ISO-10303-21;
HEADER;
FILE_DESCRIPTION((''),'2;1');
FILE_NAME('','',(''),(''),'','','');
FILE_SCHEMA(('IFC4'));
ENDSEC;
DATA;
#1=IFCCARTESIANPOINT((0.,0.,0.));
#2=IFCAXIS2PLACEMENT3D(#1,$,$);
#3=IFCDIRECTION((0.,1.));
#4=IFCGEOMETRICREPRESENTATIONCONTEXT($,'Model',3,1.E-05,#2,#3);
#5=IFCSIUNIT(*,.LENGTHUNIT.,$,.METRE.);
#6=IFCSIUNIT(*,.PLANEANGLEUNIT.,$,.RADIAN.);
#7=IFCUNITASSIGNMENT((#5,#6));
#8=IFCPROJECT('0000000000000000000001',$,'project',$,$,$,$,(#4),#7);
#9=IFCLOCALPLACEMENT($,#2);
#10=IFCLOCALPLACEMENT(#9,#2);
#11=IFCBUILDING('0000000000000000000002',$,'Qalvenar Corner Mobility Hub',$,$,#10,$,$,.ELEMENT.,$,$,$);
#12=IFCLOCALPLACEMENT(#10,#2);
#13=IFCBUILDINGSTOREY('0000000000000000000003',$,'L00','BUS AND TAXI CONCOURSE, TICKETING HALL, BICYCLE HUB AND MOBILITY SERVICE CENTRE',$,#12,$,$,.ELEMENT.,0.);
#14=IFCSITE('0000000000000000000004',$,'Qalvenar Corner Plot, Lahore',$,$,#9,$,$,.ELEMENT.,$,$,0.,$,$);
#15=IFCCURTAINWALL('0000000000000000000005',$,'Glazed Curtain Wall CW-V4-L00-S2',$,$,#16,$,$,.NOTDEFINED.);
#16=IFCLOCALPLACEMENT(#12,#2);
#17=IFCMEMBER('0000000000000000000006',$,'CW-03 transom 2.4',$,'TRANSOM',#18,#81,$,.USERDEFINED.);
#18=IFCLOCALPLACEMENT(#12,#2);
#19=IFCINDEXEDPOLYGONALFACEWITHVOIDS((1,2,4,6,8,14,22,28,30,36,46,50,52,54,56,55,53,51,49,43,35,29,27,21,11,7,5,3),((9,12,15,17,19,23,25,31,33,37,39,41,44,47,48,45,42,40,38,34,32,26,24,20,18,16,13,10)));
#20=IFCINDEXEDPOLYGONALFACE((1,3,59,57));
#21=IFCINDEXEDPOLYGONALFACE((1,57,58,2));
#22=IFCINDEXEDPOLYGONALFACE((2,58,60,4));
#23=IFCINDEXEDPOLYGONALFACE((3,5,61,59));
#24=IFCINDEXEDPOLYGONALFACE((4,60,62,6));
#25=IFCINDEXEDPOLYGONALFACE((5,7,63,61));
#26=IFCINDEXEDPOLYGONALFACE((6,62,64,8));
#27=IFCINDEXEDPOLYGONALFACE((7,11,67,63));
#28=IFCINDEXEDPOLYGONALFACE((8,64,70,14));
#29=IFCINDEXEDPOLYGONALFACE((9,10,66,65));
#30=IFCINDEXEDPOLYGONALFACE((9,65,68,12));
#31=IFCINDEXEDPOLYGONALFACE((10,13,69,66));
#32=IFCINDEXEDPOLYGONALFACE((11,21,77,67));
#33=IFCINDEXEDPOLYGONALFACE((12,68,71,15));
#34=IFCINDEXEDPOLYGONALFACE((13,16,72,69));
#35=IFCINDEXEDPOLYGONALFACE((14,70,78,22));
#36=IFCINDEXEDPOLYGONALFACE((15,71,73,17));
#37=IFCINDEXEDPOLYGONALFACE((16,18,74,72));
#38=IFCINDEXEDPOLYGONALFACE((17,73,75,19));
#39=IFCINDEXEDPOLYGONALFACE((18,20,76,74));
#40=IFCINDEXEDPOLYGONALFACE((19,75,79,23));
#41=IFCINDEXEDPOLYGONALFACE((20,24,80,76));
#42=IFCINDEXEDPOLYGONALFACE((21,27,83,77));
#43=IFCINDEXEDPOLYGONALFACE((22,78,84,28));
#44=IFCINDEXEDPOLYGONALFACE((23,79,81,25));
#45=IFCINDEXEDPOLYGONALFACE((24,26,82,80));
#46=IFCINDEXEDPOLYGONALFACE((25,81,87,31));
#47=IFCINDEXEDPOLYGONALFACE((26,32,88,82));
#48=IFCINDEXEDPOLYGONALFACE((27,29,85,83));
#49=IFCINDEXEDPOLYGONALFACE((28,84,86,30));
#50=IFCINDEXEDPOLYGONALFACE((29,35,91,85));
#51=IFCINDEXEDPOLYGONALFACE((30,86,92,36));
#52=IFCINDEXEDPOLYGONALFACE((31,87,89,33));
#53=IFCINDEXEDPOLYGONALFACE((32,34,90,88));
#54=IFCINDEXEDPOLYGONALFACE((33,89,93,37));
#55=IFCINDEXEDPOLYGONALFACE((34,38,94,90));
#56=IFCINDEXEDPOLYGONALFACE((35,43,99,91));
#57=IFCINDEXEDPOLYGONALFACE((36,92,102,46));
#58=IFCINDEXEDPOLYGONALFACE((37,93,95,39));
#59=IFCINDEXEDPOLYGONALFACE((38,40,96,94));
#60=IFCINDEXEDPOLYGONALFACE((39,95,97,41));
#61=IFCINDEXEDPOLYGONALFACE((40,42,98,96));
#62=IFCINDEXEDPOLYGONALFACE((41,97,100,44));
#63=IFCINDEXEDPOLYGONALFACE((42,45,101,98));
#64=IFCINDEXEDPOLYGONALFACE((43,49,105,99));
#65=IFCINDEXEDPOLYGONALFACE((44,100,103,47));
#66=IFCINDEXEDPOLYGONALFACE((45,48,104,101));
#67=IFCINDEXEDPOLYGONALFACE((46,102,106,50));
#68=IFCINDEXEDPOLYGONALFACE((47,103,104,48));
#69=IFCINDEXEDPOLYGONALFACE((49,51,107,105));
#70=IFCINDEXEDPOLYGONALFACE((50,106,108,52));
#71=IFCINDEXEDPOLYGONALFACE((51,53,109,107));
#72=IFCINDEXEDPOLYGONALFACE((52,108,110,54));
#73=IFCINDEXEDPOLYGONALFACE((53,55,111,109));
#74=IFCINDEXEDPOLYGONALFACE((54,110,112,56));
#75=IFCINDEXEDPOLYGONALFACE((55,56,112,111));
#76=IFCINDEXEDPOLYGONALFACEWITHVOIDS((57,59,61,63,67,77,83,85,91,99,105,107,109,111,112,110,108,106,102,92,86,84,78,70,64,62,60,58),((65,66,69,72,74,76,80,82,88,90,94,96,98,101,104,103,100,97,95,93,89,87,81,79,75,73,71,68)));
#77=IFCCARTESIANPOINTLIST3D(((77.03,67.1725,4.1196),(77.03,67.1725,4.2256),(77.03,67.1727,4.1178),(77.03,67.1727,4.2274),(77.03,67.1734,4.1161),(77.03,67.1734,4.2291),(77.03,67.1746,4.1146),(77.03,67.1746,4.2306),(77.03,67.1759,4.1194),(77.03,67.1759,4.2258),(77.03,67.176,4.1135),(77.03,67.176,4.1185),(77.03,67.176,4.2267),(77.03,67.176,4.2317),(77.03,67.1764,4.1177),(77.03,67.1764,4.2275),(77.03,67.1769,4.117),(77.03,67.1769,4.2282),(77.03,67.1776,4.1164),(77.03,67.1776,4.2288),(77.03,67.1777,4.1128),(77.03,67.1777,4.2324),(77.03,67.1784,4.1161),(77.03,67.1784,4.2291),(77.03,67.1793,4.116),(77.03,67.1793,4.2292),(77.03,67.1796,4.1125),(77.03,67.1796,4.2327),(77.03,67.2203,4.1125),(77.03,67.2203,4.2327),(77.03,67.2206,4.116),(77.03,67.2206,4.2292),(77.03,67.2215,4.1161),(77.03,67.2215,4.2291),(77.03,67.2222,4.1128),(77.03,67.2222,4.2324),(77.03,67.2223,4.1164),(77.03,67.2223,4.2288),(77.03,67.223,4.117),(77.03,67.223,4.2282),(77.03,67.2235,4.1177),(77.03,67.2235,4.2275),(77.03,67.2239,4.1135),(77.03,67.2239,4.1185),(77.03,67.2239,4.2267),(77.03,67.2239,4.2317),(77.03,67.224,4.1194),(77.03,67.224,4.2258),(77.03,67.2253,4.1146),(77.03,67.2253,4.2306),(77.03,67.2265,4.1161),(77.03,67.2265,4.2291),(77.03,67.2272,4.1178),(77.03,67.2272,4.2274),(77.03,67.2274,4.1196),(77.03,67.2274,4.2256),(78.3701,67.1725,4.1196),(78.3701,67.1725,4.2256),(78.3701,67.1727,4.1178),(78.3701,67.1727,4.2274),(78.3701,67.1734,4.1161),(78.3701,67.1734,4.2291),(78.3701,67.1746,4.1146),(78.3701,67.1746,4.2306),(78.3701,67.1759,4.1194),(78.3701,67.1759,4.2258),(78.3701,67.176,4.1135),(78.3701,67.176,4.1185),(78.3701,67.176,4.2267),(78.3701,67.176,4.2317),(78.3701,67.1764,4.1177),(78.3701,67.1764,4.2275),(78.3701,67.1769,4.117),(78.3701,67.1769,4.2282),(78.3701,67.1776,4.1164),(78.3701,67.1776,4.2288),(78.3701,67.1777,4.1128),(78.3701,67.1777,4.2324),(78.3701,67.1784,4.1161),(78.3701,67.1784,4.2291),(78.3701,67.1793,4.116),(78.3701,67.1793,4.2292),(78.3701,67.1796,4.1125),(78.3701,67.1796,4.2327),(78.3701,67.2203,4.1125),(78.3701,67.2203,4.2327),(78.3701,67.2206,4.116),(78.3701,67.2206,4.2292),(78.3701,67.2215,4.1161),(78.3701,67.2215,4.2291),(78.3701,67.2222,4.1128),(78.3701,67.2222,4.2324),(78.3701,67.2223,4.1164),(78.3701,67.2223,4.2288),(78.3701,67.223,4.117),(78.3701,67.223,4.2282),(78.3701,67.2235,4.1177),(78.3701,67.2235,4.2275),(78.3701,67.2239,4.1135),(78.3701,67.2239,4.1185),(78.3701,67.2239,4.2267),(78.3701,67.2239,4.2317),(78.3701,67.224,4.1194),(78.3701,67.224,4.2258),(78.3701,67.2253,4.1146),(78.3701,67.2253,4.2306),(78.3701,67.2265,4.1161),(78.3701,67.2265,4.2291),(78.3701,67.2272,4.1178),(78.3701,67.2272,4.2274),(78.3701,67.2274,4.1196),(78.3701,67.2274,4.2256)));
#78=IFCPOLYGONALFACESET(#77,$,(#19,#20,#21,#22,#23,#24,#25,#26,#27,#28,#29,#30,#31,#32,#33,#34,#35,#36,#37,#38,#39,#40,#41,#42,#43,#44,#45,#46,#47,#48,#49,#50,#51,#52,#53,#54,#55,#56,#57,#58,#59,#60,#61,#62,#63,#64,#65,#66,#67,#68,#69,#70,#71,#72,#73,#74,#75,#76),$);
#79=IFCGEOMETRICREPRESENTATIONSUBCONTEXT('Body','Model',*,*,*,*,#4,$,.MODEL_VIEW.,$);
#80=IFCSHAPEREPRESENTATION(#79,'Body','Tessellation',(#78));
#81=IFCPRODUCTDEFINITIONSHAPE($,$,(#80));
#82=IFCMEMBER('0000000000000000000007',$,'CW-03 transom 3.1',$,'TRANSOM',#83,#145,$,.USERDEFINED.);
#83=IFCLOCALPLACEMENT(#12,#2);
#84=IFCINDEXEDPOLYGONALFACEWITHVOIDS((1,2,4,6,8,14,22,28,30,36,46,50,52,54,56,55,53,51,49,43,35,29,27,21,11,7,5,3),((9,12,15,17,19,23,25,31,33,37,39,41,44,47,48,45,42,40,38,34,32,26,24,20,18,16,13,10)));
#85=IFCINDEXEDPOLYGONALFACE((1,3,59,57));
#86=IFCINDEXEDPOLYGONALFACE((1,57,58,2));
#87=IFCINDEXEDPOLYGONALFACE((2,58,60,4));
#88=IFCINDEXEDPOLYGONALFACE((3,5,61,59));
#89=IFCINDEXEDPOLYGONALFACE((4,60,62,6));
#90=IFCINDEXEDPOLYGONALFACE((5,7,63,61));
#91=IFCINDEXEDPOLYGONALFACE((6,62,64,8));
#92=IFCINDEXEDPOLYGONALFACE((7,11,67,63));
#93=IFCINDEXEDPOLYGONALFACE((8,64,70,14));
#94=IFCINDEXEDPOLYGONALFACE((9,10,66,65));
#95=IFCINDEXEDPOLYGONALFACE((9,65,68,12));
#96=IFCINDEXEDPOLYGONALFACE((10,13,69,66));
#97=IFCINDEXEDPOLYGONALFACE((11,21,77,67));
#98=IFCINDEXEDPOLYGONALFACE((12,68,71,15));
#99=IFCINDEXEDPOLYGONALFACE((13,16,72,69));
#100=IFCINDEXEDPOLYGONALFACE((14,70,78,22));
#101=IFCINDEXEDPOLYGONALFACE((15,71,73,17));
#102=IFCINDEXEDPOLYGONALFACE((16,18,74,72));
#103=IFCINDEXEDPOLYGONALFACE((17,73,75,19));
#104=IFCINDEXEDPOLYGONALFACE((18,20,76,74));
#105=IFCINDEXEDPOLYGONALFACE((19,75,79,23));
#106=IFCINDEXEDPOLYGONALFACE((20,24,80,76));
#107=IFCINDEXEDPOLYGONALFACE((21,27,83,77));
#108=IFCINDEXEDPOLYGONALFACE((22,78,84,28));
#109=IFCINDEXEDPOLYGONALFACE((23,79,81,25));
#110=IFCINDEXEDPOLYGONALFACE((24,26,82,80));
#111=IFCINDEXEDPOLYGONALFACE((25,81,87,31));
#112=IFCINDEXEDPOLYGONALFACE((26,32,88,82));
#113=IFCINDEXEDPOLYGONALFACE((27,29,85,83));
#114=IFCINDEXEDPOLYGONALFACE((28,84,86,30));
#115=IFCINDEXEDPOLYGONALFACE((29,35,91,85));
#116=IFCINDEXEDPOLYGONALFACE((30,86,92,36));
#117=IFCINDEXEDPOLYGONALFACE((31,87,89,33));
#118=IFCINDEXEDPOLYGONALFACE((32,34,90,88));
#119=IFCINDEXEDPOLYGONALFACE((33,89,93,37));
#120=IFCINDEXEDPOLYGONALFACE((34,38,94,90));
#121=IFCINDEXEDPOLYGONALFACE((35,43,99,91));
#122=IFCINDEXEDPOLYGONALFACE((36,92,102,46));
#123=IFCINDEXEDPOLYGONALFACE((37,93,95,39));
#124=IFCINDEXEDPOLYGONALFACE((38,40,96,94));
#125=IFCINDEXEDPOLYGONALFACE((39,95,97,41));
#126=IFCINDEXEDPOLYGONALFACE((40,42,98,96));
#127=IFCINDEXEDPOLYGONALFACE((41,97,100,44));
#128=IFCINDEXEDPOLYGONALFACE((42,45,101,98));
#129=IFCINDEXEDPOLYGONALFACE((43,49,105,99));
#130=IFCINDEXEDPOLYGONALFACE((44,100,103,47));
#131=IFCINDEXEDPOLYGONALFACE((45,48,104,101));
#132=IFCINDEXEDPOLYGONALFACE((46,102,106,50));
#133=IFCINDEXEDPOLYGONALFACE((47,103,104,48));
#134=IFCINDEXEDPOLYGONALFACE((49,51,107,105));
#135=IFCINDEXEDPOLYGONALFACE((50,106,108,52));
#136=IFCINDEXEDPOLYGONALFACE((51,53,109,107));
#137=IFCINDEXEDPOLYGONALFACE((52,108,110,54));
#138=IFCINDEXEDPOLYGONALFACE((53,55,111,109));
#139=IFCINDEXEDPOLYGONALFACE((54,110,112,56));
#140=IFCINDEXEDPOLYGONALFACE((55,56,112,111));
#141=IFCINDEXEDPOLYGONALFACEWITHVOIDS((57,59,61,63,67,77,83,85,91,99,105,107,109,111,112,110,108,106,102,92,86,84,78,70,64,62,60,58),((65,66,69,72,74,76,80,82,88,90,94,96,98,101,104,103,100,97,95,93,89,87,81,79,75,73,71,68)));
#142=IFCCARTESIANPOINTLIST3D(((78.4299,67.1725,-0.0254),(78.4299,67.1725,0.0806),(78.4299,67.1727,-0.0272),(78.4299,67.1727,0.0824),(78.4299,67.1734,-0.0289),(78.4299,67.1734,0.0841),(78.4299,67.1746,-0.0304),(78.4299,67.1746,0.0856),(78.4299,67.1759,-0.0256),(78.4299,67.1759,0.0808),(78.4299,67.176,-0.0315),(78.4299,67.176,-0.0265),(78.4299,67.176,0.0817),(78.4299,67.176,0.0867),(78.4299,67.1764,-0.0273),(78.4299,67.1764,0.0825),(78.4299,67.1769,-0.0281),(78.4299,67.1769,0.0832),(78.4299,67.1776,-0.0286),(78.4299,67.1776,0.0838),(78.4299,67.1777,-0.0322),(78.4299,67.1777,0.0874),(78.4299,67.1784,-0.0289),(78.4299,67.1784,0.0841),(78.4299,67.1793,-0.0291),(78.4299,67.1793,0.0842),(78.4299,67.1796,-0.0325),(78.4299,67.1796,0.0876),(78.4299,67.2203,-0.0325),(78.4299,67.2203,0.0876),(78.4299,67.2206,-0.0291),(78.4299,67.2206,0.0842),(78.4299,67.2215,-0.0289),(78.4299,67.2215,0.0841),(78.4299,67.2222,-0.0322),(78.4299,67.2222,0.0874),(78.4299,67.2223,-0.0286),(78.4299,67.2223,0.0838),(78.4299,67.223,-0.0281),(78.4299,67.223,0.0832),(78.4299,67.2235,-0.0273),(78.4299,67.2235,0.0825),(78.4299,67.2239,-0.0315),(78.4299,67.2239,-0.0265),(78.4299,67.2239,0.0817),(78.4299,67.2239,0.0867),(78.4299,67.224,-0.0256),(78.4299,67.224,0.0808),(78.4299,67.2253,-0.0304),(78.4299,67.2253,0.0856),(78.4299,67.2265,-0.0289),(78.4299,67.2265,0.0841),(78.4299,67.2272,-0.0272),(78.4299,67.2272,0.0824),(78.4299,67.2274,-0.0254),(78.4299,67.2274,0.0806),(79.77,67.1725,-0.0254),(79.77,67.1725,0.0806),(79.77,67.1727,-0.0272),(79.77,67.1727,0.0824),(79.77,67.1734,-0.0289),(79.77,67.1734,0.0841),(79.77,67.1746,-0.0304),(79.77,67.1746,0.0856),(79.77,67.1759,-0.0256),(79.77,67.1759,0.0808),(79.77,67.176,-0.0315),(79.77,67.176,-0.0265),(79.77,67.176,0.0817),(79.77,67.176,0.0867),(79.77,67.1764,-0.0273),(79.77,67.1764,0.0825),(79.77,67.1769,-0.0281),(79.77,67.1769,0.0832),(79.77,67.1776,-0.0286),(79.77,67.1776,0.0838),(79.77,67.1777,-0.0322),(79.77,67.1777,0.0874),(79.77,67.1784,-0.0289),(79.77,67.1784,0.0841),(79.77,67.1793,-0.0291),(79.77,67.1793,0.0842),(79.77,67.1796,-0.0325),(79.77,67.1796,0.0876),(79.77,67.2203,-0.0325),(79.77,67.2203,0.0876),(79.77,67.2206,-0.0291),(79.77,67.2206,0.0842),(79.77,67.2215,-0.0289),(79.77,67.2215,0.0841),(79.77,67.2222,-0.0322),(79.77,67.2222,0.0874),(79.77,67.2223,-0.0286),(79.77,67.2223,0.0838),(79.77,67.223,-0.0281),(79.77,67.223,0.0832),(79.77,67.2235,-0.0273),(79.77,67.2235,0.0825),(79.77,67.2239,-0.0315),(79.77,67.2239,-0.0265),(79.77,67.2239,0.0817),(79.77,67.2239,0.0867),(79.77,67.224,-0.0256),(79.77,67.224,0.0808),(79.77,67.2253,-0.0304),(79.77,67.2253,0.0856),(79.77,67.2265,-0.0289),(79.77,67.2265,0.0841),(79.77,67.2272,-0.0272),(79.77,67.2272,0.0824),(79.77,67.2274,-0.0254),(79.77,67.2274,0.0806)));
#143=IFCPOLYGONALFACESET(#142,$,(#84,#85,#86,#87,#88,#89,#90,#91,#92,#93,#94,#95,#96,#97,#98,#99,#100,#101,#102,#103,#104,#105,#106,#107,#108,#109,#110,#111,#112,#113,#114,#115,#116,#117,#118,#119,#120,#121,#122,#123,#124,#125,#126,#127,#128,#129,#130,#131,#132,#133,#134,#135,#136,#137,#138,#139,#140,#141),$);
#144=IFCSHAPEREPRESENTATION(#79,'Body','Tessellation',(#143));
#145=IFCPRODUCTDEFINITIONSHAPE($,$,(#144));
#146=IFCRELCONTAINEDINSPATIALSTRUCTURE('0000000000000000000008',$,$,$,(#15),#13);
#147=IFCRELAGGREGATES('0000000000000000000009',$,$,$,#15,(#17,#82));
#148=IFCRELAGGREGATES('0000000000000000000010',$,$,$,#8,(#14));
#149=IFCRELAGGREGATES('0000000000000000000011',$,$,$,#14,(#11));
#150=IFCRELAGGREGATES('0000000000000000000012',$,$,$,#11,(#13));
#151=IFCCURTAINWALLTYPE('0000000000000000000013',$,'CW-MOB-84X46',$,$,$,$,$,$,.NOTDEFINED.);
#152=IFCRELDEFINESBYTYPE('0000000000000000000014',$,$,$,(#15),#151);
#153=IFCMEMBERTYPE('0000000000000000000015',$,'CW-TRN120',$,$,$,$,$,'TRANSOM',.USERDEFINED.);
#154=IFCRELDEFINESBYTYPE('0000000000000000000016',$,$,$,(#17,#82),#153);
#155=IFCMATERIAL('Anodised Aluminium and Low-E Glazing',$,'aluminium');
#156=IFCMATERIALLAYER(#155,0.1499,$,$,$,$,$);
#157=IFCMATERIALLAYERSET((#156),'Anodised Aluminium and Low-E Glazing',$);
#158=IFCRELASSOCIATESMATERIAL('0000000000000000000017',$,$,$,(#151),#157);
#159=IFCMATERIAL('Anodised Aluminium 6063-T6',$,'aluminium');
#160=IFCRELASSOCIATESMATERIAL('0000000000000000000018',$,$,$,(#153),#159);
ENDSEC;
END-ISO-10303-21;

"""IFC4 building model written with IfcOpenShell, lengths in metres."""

from ifc_helpers import new_model, si_unit, direction, frame, origin, origin_2d, place, context, subcontext, project, spatial, hollow_rectangle, extrude, material, layer, layer_set, material_profile, profile_set, type_object, element, aggregate, save


model = new_model("IFC4")

# Units and contexts
model_context = context("Model", 3, precision=1e-05, world=origin(), true_north=direction((0.0, 1.0)))
body_context = subcontext(model_context, "Body", "Model", "MODEL_VIEW")
ifc_project = project(units=[si_unit("LENGTHUNIT", "METRE"), si_unit("PLANEANGLEUNIT", "RADIAN")], contexts=[model_context])

# Site, building, storey
site_placement = place(None, origin())
site = spatial("IfcSite", under=ifc_project, at=site_placement, Name="Qalvenar Corner Plot, Lahore", CompositionType="ELEMENT", RefElevation=0.0)
building_placement = place(site_placement, origin())
building = spatial("IfcBuilding", under=site, at=building_placement, Name="Qalvenar Corner Mobility Hub", CompositionType="ELEMENT")
storey_placement = place(building_placement, origin())
storey = spatial("IfcBuildingStorey", under=building, at=storey_placement, Name="L00", Description="BUS AND TAXI CONCOURSE, TICKETING HALL, BICYCLE HUB AND MOBILITY SERVICE CENTRE", CompositionType="ELEMENT", Elevation=0.0)

# Curtain wall, members
ifc_material_1 = material(Name="Anodised Aluminium and Low-E Glazing", Category="aluminium")
ifc_layer_1 = layer(ifc_material_1, 0.1499)
ifc_layer_set_1 = layer_set([ifc_layer_1], Name="Anodised Aluminium and Low-E Glazing")
curtain_wall_type = type_object("IfcCurtainWallType", Name="CW-MOB-84X46", PredefinedType="NOTDEFINED", material=ifc_layer_set_1)
curtain_wall_placement = place(storey_placement, origin())
curtain_wall = element("IfcCurtainWall", 1, at=curtain_wall_placement, inside=storey, type_object=curtain_wall_type, Name="Glazed Curtain Wall CW-V4-L00-S2", PredefinedType="NOTDEFINED")
ifc_material_2 = material(Name="Anodised Aluminium 6063-T6", Category="aluminium")
ifc_material_profile_1 = material_profile(ifc_material_2, hollow_rectangle(XDim=0.0549, YDim=0.1201, WallThickness=0.0034, InnerFilletRadius=0.0034, OuterFilletRadius=0.0071, at=origin_2d()), Name="RHS120x55x3.5")
ifc_profile_set_1 = profile_set([ifc_material_profile_1], Name="Anodised Aluminium 6063-T6")
member_type_1 = type_object("IfcMemberType", Name="CW-TRN120", ElementType="TRANSOM", PredefinedType="USERDEFINED", material=ifc_profile_set_1)
member_1_placement = place(storey_placement, frame((77.03, 67.2, 4.1726), z_axis=(1.0, 0.0, 0.0), x_axis=(0.0, 1.0, 0.0)))
member_1 = element("IfcMember", 2, at=member_1_placement, type_object=member_type_1, Name="CW-03 transom 2.4", ObjectType="TRANSOM", PredefinedType="USERDEFINED", context=body_context, shape_type="SweptSolid", body=[
    extrude(hollow_rectangle(XDim=0.0549, YDim=0.1201, WallThickness=0.0034, InnerFilletRadius=0.0034, OuterFilletRadius=0.0071, at=origin_2d()), origin(), (0.0, 0.0, 1.0), 1.3401),
])
member_2_placement = place(storey_placement, frame((78.4299, 67.2, 0.0276), z_axis=(1.0, 0.0, 0.0), x_axis=(0.0, 1.0, 0.0)))
member_2 = element("IfcMember", 3, at=member_2_placement, type_object=member_type_1, Name="CW-03 transom 3.1", ObjectType="TRANSOM", PredefinedType="USERDEFINED", context=body_context, shape_type="SweptSolid", body=[
    extrude(hollow_rectangle(XDim=0.0549, YDim=0.1201, WallThickness=0.0034, InnerFilletRadius=0.0034, OuterFilletRadius=0.0071, at=origin_2d()), origin(), (0.0, 0.0, 1.0), 1.3401),
])
aggregate(curtain_wall, [member_1, member_2])

save(model, "model.ifc")
